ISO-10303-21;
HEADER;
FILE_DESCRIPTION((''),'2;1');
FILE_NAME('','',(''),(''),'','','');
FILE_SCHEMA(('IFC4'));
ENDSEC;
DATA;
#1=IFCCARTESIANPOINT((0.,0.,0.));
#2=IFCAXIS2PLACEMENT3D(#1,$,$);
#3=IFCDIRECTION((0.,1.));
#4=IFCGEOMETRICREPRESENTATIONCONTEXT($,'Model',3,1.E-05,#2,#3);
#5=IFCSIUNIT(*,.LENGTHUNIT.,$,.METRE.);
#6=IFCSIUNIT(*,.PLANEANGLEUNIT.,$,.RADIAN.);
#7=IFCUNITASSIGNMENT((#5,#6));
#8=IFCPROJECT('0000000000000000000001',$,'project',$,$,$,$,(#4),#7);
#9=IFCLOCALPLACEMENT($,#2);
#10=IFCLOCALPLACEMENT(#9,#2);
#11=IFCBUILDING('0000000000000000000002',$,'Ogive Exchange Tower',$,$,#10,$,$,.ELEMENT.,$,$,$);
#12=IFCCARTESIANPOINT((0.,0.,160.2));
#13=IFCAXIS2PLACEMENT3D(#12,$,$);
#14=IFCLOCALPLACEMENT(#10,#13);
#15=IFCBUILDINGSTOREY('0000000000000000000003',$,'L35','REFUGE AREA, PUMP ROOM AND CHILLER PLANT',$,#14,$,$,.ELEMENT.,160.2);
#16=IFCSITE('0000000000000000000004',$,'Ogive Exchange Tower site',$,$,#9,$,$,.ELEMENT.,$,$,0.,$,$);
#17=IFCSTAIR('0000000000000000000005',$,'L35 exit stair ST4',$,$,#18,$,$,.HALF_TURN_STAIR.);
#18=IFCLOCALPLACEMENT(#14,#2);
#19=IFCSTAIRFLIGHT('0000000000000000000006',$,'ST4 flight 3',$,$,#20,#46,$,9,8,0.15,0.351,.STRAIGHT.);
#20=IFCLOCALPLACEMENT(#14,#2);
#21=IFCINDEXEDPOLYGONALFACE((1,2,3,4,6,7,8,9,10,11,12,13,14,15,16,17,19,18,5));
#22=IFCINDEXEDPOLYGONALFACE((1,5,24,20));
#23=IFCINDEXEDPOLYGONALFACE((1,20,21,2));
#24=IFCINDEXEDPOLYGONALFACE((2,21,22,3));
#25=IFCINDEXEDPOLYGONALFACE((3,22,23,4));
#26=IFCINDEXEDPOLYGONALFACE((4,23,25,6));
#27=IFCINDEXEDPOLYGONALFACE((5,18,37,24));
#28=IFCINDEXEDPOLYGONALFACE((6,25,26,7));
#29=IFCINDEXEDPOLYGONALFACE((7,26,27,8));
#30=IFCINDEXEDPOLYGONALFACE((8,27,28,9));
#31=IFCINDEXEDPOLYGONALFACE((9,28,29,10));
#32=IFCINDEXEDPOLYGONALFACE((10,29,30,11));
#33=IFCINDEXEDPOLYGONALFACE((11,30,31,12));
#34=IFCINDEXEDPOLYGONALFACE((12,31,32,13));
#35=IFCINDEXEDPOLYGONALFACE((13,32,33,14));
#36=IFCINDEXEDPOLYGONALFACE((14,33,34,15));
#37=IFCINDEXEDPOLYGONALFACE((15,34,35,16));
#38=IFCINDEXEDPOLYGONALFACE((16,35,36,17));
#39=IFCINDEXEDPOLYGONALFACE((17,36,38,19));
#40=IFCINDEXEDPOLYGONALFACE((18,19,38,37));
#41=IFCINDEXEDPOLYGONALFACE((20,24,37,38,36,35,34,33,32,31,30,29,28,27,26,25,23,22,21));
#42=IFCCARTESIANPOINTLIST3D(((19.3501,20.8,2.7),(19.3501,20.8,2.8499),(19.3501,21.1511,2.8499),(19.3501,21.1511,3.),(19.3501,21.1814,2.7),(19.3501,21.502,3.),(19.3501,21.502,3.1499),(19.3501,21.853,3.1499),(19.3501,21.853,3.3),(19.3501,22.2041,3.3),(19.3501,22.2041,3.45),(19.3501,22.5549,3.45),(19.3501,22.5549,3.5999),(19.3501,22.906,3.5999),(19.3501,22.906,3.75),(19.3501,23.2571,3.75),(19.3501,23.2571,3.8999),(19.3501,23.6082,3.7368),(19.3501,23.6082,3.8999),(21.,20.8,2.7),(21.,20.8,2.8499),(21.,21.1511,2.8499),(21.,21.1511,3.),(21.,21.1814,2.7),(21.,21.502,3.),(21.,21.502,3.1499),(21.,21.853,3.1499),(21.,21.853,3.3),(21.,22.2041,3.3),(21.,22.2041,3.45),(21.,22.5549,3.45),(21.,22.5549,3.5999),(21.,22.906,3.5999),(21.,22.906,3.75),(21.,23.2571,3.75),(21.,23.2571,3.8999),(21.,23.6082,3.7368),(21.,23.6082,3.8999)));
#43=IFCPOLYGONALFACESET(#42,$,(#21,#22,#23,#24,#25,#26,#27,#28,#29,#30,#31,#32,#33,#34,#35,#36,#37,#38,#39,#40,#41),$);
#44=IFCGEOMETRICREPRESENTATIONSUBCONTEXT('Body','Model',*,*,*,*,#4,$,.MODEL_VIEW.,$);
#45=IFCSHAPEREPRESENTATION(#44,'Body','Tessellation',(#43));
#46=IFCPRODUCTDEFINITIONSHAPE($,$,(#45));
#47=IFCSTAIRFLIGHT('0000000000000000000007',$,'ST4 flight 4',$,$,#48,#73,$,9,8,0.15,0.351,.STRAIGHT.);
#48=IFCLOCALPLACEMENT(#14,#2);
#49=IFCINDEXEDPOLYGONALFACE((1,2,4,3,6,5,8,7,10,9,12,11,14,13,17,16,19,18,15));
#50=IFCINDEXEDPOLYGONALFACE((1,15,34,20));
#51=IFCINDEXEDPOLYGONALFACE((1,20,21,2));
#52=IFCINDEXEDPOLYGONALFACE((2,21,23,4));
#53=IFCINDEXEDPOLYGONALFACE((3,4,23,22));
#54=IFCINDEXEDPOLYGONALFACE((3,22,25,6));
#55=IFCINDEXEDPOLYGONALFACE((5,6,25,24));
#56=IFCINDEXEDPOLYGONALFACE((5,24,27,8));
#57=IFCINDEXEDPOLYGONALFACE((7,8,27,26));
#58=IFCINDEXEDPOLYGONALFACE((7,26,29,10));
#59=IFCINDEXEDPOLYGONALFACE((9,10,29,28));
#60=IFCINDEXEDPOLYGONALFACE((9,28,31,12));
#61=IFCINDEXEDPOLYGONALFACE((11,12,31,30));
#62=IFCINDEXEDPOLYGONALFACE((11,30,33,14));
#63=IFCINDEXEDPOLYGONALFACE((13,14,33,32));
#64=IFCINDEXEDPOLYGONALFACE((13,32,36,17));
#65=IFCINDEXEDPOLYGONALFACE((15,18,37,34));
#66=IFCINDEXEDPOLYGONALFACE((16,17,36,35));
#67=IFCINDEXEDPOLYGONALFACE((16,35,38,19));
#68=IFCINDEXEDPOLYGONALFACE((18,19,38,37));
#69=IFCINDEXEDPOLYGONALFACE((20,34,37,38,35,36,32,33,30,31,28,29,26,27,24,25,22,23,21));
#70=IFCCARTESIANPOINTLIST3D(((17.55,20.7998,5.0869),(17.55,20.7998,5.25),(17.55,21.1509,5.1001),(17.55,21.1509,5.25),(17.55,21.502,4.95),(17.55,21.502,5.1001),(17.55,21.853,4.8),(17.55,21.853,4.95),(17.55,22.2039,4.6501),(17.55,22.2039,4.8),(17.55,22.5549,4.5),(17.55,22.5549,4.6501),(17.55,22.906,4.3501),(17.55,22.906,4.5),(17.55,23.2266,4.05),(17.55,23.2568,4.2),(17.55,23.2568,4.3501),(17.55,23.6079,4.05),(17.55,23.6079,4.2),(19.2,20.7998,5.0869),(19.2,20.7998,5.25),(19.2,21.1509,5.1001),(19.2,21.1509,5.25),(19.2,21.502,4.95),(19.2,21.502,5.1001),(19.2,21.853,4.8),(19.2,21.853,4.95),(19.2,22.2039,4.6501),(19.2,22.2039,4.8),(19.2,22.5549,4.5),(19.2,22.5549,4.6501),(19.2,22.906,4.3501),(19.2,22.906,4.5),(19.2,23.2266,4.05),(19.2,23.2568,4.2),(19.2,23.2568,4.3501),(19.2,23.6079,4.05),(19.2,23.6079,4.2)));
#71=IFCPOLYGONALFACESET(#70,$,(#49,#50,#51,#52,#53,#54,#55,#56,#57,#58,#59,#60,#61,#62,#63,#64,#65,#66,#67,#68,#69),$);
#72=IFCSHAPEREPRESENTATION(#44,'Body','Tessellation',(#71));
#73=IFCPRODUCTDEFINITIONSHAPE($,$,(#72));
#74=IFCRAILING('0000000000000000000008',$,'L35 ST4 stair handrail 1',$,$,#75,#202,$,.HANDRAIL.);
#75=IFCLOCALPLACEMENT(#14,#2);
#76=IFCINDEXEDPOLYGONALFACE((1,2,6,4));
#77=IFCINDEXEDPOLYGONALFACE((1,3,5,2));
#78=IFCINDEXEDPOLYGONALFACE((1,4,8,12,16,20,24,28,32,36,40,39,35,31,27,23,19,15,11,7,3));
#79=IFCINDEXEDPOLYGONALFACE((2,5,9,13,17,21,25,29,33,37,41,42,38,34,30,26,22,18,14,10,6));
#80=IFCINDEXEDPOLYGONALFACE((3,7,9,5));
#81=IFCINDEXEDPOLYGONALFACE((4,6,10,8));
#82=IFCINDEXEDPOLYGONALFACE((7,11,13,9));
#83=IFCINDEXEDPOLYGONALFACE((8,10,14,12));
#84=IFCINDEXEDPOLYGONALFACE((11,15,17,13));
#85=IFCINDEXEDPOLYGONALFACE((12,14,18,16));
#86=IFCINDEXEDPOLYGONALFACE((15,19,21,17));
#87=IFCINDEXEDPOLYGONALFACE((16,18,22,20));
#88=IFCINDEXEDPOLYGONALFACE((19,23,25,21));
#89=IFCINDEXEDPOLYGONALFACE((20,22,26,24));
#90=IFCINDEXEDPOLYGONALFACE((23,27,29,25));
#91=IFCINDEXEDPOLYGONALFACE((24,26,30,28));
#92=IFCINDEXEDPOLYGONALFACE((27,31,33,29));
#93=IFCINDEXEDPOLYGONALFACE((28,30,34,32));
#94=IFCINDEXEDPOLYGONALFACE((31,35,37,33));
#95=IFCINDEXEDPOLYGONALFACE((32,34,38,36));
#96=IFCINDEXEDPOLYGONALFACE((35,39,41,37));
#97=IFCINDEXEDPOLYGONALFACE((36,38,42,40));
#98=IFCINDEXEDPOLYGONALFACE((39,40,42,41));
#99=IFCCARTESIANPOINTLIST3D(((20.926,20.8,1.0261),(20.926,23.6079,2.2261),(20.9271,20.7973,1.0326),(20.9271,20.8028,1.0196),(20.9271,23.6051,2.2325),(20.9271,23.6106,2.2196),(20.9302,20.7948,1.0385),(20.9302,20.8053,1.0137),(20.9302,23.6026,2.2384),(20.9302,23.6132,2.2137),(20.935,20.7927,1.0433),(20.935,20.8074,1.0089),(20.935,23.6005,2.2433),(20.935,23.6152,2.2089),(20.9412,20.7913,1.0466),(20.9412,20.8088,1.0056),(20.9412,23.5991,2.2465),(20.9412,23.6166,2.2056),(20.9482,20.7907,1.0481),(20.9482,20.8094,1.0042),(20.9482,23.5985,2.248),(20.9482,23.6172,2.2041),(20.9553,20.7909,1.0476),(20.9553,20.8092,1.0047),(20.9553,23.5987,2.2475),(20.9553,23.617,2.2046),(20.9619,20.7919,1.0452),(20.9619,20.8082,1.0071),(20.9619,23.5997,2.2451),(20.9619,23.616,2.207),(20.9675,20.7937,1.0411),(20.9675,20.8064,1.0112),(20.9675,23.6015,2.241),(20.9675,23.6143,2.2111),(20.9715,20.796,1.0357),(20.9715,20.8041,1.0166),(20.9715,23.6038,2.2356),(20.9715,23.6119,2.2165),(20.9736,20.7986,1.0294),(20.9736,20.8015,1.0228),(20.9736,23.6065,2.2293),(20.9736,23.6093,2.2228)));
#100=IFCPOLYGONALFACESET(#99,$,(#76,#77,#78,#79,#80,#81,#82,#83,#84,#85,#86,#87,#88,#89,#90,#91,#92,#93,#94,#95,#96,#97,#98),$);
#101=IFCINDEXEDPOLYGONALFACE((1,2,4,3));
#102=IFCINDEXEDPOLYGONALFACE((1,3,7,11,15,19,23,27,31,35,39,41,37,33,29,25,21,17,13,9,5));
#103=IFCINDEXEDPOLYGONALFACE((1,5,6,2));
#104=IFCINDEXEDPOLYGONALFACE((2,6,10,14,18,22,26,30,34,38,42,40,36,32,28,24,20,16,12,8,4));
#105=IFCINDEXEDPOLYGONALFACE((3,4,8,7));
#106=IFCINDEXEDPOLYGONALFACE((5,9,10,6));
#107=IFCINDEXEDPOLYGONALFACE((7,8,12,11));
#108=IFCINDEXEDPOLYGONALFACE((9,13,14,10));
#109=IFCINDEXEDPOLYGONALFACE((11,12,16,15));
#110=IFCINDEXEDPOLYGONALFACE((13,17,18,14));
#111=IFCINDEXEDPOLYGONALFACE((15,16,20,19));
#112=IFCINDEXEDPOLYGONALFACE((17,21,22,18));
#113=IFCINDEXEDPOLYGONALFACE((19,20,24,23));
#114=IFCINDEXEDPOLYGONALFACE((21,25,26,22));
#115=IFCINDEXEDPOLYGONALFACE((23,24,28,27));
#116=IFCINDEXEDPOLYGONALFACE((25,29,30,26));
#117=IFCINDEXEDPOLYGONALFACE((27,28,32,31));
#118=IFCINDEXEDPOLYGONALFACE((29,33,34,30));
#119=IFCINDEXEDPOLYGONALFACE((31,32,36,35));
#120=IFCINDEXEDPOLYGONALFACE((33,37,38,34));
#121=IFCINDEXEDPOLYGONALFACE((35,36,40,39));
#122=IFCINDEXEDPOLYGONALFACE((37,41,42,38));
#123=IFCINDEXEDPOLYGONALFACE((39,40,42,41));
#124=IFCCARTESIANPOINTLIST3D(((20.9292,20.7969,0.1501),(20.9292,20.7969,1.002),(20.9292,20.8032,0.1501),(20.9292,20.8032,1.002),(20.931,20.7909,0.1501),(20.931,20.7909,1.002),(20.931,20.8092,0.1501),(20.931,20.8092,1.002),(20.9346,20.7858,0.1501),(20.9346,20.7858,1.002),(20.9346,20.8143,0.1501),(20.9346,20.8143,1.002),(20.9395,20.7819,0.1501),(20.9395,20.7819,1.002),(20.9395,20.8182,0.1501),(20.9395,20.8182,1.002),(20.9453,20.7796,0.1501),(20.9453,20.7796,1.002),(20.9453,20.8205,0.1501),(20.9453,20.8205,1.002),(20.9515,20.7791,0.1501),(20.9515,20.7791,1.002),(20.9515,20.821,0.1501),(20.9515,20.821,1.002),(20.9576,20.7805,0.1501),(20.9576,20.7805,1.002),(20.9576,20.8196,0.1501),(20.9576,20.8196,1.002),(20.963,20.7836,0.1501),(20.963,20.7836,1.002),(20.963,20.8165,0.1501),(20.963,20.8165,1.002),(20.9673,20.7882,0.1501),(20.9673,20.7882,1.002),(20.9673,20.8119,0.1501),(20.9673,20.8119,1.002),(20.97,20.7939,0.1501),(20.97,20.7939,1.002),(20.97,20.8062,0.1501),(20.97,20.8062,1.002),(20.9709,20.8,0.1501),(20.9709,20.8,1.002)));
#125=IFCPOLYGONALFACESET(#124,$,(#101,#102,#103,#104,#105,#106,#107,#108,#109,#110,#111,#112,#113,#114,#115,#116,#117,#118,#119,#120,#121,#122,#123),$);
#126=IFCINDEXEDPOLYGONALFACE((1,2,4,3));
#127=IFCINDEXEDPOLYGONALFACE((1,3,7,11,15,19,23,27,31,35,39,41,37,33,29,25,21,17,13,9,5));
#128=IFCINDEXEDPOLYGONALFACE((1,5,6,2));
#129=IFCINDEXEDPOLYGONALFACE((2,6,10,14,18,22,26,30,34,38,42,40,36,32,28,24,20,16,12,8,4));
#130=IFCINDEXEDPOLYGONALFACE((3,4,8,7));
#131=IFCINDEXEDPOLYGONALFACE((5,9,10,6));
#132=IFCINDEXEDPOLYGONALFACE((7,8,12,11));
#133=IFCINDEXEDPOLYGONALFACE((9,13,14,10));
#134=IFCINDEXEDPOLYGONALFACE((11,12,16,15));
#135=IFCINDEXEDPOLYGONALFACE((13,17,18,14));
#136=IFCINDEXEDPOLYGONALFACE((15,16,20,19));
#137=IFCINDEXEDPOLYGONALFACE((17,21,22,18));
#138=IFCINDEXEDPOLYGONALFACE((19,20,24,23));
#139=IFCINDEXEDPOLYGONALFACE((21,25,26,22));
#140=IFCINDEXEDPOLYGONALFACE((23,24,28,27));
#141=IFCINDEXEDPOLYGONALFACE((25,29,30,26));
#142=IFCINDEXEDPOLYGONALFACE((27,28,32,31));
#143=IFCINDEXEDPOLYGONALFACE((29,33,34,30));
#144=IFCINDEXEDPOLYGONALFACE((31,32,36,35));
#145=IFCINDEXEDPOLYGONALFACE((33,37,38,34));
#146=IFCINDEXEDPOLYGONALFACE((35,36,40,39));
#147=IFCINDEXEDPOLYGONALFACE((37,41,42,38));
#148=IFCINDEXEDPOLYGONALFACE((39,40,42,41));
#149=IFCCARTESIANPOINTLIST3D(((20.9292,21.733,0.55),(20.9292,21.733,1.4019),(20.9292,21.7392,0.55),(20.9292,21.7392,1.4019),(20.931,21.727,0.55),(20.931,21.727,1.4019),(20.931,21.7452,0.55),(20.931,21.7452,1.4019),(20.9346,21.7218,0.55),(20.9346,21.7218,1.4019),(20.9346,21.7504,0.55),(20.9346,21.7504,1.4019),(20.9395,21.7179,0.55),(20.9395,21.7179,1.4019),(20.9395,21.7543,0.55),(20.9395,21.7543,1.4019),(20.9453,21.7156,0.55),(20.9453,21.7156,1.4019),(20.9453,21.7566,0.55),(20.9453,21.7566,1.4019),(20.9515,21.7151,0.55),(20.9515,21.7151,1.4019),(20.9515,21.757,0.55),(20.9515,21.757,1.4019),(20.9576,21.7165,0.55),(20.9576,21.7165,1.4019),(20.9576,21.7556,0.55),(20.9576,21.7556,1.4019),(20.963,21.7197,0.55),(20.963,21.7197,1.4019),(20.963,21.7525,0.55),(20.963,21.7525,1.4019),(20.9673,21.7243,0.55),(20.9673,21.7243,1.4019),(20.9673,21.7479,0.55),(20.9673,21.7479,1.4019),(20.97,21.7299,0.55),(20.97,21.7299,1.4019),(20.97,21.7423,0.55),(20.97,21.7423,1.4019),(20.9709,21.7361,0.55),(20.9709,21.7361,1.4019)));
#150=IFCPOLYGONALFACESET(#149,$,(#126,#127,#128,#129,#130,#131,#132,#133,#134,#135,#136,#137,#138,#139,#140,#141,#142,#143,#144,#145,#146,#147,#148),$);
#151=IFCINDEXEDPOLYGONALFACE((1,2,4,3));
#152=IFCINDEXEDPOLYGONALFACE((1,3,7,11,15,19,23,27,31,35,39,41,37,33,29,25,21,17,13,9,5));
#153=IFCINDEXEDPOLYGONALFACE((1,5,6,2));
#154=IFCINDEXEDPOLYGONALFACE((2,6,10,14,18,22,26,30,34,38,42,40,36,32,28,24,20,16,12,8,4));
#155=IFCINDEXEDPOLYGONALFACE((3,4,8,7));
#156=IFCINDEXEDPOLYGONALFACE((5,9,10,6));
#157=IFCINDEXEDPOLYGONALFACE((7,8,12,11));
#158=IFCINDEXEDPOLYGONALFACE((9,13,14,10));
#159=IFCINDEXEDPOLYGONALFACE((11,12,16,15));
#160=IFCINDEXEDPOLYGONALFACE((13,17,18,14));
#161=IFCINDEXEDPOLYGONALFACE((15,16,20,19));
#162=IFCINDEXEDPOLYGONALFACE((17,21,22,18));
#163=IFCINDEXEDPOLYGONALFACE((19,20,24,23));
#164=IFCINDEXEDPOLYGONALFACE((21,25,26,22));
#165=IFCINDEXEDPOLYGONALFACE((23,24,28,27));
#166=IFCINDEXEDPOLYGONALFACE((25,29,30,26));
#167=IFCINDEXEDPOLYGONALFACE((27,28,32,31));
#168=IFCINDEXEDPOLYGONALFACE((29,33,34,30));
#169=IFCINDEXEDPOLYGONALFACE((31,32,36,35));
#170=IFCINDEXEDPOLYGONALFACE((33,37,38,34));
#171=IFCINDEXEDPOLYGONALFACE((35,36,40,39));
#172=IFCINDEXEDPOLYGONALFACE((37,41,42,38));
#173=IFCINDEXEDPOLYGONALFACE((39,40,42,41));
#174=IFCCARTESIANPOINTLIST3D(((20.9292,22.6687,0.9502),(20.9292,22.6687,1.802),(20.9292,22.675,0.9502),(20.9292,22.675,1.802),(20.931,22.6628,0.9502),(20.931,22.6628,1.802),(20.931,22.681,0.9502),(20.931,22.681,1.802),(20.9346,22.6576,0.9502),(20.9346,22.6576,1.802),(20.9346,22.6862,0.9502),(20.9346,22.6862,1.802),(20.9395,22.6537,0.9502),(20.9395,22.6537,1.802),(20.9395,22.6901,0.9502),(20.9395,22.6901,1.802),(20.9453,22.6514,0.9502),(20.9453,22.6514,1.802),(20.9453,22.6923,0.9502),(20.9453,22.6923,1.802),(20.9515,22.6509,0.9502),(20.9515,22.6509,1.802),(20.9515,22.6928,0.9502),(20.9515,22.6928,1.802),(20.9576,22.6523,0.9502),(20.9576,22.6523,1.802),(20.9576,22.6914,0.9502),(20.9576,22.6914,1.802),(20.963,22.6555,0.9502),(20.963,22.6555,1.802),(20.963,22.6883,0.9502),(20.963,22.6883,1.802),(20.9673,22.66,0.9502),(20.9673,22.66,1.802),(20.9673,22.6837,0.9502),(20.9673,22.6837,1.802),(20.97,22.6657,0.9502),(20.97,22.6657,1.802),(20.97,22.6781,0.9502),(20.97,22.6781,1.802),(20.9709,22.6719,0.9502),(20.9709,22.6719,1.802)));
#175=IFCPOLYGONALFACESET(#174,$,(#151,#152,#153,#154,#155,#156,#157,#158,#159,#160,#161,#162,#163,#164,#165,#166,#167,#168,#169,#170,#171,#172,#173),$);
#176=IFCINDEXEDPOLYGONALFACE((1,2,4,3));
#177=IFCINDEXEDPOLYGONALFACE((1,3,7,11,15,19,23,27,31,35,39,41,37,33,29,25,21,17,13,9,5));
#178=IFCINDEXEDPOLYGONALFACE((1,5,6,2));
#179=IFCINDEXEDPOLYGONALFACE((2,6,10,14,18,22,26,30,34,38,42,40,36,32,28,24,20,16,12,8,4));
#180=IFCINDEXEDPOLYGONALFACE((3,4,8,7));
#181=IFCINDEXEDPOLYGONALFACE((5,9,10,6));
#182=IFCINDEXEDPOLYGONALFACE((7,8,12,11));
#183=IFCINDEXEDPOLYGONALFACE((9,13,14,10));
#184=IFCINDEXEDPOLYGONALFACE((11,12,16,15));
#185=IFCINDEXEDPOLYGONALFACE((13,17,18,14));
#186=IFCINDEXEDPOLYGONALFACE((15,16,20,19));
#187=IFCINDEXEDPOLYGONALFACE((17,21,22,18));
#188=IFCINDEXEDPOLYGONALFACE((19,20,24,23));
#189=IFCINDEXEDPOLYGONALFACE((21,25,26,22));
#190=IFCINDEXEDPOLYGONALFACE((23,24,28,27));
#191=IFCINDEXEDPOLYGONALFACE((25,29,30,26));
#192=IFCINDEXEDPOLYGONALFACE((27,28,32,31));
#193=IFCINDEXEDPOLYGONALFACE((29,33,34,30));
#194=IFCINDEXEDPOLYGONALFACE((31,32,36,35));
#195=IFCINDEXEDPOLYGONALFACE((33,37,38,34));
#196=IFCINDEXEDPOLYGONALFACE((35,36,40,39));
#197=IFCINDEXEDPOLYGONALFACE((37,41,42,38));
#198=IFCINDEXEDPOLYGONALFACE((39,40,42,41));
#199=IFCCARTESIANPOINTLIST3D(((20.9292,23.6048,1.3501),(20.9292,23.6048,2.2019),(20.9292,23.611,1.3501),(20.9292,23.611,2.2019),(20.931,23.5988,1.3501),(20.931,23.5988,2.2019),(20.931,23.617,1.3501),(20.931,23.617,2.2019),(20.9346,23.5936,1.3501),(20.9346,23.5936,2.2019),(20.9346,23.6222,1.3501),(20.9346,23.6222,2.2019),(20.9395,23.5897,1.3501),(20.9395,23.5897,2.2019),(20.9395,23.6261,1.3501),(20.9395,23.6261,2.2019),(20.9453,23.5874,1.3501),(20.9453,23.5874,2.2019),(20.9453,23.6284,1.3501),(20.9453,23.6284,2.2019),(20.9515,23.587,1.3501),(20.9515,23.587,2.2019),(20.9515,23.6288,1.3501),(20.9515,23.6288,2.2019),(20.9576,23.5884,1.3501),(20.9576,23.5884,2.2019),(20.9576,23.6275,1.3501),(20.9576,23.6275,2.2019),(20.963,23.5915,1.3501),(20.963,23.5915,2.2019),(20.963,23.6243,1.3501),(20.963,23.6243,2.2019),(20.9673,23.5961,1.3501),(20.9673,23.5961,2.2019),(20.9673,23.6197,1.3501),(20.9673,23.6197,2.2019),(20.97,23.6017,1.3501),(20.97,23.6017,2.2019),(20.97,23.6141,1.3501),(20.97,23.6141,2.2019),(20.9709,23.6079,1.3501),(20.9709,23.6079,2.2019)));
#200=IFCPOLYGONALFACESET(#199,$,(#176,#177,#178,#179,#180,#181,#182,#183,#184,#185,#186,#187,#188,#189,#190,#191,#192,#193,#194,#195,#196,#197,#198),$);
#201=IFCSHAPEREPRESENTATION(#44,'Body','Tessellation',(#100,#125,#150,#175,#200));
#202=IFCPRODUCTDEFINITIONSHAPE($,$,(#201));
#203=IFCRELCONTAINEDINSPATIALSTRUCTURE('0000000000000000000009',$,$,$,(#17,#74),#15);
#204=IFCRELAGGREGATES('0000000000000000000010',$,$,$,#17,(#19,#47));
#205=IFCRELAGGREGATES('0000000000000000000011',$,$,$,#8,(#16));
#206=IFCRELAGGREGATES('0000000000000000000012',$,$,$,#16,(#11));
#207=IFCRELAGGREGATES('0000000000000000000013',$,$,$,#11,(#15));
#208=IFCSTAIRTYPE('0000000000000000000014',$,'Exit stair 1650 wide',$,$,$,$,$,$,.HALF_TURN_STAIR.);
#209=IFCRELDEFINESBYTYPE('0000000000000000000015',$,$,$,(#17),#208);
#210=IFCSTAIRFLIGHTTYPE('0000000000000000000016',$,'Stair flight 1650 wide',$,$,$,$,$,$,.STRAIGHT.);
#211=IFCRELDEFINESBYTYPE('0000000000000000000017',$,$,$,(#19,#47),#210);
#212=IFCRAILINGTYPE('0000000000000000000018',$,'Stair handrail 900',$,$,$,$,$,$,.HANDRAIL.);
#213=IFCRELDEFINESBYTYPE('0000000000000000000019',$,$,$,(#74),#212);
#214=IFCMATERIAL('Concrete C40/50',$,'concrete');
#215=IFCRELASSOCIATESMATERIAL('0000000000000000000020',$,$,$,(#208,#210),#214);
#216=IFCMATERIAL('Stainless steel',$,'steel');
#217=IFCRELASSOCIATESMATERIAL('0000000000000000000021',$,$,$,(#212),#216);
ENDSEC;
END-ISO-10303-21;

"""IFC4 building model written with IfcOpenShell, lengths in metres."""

from ifc_helpers import new_model, si_unit, direction, frame, origin, origin_2d, place, context, subcontext, project, spatial, polyline, circle, outline, extrude, material, type_object, element, aggregate, save


model = new_model("IFC4")

# Units and contexts
model_context = context("Model", 3, precision=1e-05, world=origin(), true_north=direction((0.0, 1.0)))
body_context = subcontext(model_context, "Body", "Model", "MODEL_VIEW")
ifc_project = project(units=[si_unit("LENGTHUNIT", "METRE"), si_unit("PLANEANGLEUNIT", "RADIAN")], contexts=[model_context])

# Site, building, storey
site_placement = place(None, origin())
site = spatial("IfcSite", under=ifc_project, at=site_placement, Name="Ogive Exchange Tower site", CompositionType="ELEMENT", RefElevation=0.0)
building_placement = place(site_placement, origin())
building = spatial("IfcBuilding", under=site, at=building_placement, Name="Ogive Exchange Tower", CompositionType="ELEMENT")
storey_placement = place(building_placement, frame((0.0, 0.0, 160.2)))
storey = spatial("IfcBuildingStorey", under=building, at=storey_placement, Name="L35", Description="REFUGE AREA, PUMP ROOM AND CHILLER PLANT", CompositionType="ELEMENT", Elevation=160.2)

# Stair, stair flights
ifc_material_1 = material(Name="Concrete C40/50", Category="concrete")
stair_type = type_object("IfcStairType", Name="Exit stair 1650 wide", PredefinedType="HALF_TURN_STAIR", material=ifc_material_1)
stair_placement = place(storey_placement, origin())
stair = element("IfcStair", 1, at=stair_placement, inside=storey, type_object=stair_type, Name="L35 exit stair ST4", PredefinedType="HALF_TURN_STAIR")
stair_flight_type = type_object("IfcStairFlightType", Name="Stair flight 1650 wide", PredefinedType="STRAIGHT", material=ifc_material_1)
stair_flight_1_placement = place(storey_placement, frame((20.175, 20.8, 2.7), z_axis=(0.0, 0.0, 1.0), x_axis=(0.0, 1.0, 0.0)))
stair_flight_1 = element("IfcStairFlight", 2, at=stair_flight_1_placement, type_object=stair_flight_type, Name="ST4 flight 3", NumberOfRisers=9, NumberOfTreads=8, PredefinedType="STRAIGHT", RiserHeight=0.15, TreadLength=0.351, context=body_context, shape_type="SweptSolid", body=[
    extrude(outline(polyline([(0.0, 0.0), (0.0, 0.1499), (0.3511, 0.1499), (0.3511, 0.3), (0.7019, 0.3), (0.7019, 0.45), (1.053, 0.45), (1.053, 0.6001), (1.4041, 0.6001), (1.4041, 0.75), (1.7549, 0.75), (1.7549, 0.8999), (2.106, 0.8999), (2.106, 1.05), (2.457, 1.05), (2.457, 1.2), (2.8081, 1.2), (2.8081, 1.3501), (2.8081, 1.0369), (0.3813, 0.0), (0.0, 0.0)])), frame((0.0, 0.825, 0.0), z_axis=(0.0, -1.0, 0.0), x_axis=(1.0, 0.0, 0.0)), (0.0, 0.0, 1.0), 1.6499),
])
stair_flight_2_placement = place(storey_placement, frame((18.375, 23.6079, 4.05), z_axis=(0.0, 0.0, 1.0), x_axis=(0.0, -1.0, 0.0)))
stair_flight_2 = element("IfcStairFlight", 3, at=stair_flight_2_placement, type_object=stair_flight_type, Name="ST4 flight 4", NumberOfRisers=9, NumberOfTreads=8, PredefinedType="STRAIGHT", RiserHeight=0.15, TreadLength=0.351, context=body_context, shape_type="SweptSolid", body=[
    extrude(outline(polyline([(0.0, 0.0), (0.0, 0.1499), (0.3511, 0.1499), (0.3511, 0.3), (0.7019, 0.3), (0.7019, 0.45), (1.053, 0.45), (1.053, 0.6001), (1.4041, 0.6001), (1.4041, 0.75), (1.7549, 0.75), (1.7549, 0.8999), (2.106, 0.8999), (2.106, 1.05), (2.457, 1.05), (2.457, 1.2), (2.8081, 1.2), (2.8081, 1.3501), (2.8081, 1.0369), (0.3813, 0.0), (0.0, 0.0)])), frame((0.0, 0.825, 0.0), z_axis=(0.0, -1.0, 0.0), x_axis=(1.0, 0.0, 0.0)), (0.0, 0.0, 1.0), 1.6499),
])
aggregate(stair, [stair_flight_1, stair_flight_2])

# Railing
ifc_material_2 = material(Name="Stainless steel", Category="steel")
railing_type = type_object("IfcRailingType", Name="Stair handrail 900", PredefinedType="HANDRAIL", material=ifc_material_2)
for number, where, name in (
    (4, (20.95, 20.8, 0.1501), "L35 ST4 stair handrail 1"),
):
    element("IfcRailing", number, at=place(storey_placement, frame(where)), inside=storey, type_object=railing_type, Name=name, PredefinedType="HANDRAIL", context=body_context, shape_type="SweptSolid", body=[
        extrude(circle(Radius=0.0239, at=origin_2d()), frame((0.0, 0.0, 0.876), z_axis=(0.0, 0.91955, 0.392973), x_axis=(-1.0, 0.0, 0.0)), (0.0, 0.0, 1.0), 3.0535),
        extrude(circle(Radius=0.021, at=origin_2d()), origin(), (0.0, 0.0, 1.0), 0.8518),
        extrude(circle(Radius=0.021, at=origin_2d()), frame((0.0, 0.936, 0.3999)), (0.0, 0.0, 1.0), 0.8518),
        extrude(circle(Radius=0.021, at=origin_2d()), frame((0.0, 1.8718, 0.8)), (0.0, 0.0, 1.0), 0.8518),
        extrude(circle(Radius=0.021, at=origin_2d()), frame((0.0, 2.8079, 1.2)), (0.0, 0.0, 1.0), 0.8518),
    ])

save(model, "model.ifc")
